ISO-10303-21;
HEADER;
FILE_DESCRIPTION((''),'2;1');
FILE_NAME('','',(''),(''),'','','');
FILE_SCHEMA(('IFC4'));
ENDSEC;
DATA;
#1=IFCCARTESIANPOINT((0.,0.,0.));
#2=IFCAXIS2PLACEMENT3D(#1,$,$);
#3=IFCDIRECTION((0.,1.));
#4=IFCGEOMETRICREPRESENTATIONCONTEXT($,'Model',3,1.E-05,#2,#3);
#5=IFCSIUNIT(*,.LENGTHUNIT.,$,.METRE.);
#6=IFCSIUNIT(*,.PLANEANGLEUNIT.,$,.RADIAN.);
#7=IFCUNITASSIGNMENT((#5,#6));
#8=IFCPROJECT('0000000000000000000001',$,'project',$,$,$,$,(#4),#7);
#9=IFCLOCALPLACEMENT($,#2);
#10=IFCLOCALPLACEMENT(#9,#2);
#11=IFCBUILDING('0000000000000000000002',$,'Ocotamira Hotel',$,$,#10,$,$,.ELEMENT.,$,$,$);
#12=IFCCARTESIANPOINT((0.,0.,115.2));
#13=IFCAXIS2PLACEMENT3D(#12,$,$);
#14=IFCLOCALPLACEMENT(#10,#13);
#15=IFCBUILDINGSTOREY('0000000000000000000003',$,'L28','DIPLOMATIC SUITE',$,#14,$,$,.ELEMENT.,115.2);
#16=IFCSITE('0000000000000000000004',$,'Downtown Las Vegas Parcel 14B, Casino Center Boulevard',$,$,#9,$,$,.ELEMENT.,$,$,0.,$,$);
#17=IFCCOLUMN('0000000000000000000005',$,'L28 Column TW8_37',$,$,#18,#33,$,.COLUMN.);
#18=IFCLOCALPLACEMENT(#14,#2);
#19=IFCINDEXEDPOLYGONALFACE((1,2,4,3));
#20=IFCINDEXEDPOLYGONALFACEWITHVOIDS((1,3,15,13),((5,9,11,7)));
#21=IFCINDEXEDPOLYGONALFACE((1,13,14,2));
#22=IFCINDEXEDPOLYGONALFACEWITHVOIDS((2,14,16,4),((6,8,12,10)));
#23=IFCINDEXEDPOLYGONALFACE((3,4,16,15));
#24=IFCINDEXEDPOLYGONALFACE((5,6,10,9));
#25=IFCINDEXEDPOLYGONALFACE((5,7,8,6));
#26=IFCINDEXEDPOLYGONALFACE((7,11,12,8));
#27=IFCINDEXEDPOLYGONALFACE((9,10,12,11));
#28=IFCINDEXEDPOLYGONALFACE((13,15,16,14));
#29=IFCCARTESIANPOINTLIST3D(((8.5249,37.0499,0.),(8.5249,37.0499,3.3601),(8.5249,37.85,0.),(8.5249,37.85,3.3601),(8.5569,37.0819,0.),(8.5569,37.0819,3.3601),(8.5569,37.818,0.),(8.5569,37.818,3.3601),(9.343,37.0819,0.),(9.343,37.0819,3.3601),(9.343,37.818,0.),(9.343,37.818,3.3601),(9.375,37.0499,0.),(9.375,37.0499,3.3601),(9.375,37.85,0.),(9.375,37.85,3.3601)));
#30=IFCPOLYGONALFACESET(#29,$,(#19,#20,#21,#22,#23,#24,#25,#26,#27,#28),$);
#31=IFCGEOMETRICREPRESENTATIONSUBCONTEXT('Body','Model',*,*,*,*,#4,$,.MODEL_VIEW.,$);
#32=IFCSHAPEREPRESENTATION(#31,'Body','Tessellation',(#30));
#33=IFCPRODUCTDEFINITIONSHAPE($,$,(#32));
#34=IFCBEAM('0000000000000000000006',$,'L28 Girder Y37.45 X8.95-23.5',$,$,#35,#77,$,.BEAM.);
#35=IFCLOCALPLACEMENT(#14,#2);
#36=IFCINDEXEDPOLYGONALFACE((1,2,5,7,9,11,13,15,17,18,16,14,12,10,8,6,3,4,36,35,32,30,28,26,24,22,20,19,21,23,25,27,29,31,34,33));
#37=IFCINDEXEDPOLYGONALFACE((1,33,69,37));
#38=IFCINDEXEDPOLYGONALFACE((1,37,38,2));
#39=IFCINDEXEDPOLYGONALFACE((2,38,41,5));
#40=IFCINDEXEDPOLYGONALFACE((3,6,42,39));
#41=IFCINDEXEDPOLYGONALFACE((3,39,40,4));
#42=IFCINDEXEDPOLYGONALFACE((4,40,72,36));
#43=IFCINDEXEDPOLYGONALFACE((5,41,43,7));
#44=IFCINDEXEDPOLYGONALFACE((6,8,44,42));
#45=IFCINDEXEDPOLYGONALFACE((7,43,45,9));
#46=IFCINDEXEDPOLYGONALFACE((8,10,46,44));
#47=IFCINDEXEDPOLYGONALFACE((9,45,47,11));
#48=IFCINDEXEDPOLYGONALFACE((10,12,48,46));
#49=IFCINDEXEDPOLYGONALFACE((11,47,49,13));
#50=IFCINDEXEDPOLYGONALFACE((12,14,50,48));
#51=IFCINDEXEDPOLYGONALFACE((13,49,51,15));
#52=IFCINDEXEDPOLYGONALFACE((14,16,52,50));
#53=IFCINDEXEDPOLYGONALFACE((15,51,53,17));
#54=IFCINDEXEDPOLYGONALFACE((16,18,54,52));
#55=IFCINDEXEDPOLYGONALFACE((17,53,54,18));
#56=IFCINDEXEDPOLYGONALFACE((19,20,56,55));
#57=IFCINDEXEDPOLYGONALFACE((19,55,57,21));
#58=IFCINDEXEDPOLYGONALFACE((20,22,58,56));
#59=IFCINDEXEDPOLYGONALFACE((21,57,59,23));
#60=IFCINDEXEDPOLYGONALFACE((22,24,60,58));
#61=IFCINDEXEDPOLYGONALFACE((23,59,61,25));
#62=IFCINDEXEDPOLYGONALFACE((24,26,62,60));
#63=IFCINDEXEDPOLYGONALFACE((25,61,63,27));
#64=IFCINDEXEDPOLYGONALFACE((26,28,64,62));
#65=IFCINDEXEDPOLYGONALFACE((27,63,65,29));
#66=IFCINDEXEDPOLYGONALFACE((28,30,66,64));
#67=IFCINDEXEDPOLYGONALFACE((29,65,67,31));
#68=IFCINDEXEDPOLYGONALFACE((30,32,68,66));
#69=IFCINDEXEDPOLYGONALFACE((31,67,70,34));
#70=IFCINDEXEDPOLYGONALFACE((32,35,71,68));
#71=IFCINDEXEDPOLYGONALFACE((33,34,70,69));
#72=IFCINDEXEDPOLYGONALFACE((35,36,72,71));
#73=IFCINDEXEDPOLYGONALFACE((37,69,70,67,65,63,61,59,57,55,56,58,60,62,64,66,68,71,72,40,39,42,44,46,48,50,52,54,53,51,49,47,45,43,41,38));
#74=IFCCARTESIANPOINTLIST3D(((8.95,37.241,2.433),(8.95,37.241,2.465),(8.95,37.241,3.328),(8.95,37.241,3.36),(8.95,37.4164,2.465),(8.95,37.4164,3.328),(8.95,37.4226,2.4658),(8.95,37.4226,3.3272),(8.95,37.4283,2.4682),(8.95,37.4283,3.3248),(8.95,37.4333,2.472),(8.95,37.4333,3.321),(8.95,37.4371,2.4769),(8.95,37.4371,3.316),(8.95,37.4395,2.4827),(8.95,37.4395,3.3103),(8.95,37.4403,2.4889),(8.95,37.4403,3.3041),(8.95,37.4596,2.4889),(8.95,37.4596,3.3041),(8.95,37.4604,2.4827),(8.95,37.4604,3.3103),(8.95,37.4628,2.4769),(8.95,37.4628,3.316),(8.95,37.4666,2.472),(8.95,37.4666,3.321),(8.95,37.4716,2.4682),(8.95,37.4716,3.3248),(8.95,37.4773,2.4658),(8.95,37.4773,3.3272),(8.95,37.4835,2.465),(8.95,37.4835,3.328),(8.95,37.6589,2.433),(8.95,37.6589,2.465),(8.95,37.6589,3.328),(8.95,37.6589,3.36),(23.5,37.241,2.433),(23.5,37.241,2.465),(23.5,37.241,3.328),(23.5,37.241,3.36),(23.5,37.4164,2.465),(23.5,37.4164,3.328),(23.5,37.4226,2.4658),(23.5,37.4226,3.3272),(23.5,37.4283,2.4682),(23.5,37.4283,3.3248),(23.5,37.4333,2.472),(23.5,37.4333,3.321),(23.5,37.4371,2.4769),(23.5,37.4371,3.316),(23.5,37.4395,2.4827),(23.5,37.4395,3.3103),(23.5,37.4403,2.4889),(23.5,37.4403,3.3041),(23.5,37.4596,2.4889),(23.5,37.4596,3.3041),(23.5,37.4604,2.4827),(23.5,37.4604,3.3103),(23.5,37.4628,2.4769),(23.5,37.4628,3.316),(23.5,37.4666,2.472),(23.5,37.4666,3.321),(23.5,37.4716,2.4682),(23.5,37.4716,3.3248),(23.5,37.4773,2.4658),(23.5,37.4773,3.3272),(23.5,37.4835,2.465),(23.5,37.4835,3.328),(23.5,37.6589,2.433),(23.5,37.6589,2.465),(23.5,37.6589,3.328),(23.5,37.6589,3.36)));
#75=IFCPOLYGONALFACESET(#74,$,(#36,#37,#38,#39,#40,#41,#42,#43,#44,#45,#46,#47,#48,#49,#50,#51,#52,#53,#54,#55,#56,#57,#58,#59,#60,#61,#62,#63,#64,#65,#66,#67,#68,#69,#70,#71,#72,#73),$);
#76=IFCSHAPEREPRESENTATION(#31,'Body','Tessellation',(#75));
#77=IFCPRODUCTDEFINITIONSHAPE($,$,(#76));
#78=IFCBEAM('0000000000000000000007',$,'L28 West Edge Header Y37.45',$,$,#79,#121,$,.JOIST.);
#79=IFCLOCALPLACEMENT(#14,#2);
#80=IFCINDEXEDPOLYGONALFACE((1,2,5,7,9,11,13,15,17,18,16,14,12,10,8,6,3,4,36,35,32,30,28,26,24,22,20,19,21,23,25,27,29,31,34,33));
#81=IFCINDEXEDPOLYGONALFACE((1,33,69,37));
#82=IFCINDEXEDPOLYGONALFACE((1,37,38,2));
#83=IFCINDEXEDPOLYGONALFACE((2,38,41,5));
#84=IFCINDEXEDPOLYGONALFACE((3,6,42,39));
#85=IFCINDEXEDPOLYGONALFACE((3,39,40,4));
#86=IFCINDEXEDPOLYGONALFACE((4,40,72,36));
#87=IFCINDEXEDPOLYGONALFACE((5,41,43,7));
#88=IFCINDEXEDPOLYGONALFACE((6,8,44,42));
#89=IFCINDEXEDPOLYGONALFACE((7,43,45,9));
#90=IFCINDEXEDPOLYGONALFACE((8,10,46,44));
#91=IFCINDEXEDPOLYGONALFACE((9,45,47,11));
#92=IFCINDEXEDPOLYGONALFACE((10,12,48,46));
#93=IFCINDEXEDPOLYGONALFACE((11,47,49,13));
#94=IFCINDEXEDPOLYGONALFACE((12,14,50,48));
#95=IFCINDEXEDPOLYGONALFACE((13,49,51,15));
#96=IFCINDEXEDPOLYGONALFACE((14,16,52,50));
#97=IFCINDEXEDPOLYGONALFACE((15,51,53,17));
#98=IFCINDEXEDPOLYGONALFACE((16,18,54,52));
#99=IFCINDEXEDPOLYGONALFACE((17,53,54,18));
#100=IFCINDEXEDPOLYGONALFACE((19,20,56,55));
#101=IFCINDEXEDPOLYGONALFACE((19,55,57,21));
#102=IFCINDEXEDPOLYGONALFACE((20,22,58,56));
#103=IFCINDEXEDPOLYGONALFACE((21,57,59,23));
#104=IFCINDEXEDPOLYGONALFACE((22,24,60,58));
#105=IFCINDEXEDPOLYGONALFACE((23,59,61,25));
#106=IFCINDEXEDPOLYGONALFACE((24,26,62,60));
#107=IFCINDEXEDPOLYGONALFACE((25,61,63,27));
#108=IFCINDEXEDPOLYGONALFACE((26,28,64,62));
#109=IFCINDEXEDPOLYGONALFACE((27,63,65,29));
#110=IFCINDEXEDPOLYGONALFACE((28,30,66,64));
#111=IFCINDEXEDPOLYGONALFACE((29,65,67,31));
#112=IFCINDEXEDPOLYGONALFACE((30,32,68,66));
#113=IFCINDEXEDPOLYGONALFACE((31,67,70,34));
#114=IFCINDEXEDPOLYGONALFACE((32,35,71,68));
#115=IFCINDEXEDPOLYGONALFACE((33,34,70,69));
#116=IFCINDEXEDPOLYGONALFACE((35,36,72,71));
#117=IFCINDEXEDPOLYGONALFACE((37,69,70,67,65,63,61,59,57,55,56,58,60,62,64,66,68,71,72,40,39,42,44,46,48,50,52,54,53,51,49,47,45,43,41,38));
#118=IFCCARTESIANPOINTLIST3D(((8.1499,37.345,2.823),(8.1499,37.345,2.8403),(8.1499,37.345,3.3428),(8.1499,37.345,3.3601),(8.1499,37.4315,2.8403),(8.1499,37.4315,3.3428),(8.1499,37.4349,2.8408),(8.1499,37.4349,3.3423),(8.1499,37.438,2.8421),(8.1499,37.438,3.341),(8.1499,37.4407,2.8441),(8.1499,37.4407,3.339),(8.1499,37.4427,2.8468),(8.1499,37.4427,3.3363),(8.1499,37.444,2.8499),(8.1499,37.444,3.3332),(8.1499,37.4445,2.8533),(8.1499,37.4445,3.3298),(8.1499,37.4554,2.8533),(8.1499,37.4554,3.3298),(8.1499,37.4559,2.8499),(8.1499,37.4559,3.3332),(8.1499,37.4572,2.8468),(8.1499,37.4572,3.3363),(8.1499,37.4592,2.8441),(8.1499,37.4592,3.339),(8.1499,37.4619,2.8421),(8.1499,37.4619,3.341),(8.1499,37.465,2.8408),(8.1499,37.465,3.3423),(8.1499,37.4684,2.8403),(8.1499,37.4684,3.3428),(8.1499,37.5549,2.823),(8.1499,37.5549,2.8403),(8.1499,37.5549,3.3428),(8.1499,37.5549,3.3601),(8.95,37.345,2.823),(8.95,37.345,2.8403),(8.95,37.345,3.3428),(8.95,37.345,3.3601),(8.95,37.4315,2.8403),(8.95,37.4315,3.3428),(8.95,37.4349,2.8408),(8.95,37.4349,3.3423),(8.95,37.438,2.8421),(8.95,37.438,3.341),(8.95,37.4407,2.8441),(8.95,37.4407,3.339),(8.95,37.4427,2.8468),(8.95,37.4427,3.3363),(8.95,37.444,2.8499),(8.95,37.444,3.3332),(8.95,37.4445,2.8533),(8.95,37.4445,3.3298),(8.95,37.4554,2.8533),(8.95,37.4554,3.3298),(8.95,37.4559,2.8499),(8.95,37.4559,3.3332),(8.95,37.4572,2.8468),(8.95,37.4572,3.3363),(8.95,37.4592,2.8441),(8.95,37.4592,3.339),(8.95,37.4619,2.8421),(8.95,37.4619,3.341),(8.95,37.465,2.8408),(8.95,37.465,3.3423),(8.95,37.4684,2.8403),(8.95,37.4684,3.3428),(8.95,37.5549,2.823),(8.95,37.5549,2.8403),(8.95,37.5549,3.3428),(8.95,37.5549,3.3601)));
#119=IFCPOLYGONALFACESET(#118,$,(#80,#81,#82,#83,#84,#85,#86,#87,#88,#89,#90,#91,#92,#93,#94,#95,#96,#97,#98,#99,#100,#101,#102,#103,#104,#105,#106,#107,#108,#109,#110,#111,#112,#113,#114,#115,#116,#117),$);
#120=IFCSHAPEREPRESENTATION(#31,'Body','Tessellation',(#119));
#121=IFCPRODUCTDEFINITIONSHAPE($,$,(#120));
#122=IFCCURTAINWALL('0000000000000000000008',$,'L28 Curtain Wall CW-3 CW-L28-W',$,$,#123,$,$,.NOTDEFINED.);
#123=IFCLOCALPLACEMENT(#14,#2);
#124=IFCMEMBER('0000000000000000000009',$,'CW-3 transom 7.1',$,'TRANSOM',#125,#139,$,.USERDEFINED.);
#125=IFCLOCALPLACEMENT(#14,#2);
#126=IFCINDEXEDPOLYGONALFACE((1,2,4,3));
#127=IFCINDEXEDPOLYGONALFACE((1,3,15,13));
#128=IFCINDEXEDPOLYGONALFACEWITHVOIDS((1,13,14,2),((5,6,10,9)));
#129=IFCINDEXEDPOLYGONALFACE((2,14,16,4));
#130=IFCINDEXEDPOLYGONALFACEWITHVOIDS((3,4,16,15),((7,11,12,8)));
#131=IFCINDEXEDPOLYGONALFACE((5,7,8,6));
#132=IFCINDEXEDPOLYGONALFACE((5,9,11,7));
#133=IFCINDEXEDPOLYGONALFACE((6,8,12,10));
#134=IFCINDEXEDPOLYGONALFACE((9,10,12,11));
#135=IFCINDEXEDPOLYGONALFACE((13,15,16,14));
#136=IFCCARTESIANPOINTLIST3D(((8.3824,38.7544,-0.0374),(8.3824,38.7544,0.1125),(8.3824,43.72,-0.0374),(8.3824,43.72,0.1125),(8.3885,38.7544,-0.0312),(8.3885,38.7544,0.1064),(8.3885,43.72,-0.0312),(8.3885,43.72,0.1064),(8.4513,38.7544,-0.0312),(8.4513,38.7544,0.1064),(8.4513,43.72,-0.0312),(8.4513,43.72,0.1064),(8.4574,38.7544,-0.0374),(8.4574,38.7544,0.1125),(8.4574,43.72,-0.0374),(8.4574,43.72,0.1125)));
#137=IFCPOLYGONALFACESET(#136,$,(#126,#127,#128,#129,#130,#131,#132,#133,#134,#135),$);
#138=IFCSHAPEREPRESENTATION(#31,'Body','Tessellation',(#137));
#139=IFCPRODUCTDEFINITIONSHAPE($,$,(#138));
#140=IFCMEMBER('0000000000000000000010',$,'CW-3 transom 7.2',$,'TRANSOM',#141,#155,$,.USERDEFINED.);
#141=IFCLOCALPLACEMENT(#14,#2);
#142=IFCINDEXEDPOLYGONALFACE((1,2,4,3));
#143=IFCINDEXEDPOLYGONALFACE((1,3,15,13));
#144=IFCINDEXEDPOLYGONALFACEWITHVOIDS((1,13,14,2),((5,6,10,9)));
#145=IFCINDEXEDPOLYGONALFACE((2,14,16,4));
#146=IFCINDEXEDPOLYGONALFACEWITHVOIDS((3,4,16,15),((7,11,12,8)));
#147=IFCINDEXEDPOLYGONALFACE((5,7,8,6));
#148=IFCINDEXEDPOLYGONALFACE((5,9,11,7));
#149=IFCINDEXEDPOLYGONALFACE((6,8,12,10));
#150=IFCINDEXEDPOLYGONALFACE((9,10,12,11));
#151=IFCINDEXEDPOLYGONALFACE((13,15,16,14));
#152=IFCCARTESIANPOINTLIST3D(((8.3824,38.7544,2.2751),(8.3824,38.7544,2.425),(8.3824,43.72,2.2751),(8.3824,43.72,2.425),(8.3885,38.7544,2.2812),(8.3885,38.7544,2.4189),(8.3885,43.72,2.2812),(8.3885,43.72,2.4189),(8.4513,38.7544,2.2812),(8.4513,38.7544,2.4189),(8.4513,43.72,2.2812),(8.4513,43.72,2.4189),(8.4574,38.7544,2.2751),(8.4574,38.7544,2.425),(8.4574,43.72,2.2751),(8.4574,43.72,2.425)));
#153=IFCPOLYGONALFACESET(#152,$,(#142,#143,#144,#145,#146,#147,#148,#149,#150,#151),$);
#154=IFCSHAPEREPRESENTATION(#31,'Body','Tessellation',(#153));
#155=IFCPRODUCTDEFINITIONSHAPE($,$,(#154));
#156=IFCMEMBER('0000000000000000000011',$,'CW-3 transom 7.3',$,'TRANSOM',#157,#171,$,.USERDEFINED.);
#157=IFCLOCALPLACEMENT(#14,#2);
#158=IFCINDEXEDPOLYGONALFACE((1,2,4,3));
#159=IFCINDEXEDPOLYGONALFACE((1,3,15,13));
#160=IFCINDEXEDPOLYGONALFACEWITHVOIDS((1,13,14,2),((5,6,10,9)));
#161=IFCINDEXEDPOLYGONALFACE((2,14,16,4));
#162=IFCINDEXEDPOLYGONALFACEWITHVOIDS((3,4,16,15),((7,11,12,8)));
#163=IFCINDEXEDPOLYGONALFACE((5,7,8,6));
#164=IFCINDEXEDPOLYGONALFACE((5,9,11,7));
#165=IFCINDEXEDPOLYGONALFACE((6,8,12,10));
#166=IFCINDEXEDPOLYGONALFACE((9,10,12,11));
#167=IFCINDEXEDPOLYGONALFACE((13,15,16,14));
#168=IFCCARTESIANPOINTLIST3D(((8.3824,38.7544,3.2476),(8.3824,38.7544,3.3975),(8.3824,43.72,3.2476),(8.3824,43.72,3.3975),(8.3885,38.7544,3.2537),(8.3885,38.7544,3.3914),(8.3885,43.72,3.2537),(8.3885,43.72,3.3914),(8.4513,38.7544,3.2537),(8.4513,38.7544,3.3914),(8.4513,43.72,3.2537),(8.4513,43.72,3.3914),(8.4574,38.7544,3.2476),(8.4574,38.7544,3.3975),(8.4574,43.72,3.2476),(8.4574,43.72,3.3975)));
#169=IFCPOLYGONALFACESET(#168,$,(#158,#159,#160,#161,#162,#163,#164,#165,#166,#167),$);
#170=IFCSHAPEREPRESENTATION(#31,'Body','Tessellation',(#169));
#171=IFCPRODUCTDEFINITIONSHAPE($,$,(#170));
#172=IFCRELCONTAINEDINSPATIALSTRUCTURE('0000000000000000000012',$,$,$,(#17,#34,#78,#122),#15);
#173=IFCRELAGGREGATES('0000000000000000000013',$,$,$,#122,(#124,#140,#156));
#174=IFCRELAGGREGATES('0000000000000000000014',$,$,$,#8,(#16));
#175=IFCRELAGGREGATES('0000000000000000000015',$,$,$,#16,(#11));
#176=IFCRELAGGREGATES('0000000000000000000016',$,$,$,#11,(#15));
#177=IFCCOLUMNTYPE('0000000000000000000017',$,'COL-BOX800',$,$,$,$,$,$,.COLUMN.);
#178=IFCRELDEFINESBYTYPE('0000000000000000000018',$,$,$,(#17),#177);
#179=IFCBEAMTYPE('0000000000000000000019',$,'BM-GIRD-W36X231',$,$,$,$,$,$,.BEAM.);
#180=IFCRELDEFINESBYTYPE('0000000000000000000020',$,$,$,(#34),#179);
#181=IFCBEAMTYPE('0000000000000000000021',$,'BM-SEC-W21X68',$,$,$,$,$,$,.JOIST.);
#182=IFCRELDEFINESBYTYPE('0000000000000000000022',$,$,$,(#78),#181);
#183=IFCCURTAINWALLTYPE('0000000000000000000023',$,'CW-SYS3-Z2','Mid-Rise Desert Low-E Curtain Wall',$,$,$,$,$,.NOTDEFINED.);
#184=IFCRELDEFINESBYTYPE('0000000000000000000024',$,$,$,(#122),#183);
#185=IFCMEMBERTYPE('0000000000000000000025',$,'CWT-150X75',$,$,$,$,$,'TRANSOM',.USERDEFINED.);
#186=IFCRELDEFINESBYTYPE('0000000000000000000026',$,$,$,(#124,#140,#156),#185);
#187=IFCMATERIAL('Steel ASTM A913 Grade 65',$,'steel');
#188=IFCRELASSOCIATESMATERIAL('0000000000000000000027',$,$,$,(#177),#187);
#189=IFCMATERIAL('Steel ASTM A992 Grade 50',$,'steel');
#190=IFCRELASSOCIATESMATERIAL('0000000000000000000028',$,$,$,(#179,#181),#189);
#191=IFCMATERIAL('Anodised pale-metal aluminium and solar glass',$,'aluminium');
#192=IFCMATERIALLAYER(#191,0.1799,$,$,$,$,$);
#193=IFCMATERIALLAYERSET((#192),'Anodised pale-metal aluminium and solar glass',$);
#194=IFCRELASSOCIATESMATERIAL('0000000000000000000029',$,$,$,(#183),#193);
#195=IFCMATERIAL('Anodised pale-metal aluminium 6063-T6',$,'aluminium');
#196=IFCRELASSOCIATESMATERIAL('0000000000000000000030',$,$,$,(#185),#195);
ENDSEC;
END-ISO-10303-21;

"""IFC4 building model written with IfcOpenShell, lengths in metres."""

from ifc_helpers import new_model, si_unit, direction, frame, origin, origin_2d, place, context, subcontext, project, spatial, hollow_rectangle, i_section, extrude, source, transform, mapped, material, layer, layer_set, material_profile, profile_set, type_object, element, aggregate, save


model = new_model("IFC4")

# Units and contexts
model_context = context("Model", 3, precision=1e-05, world=origin(), true_north=direction((0.0, 1.0)))
body_context = subcontext(model_context, "Body", "Model", "MODEL_VIEW")
ifc_project = project(units=[si_unit("LENGTHUNIT", "METRE"), si_unit("PLANEANGLEUNIT", "RADIAN")], contexts=[model_context])

# Site, building, storey
site_placement = place(None, origin())
site = spatial("IfcSite", under=ifc_project, at=site_placement, Name="Downtown Las Vegas Parcel 14B, Casino Center Boulevard", CompositionType="ELEMENT", RefElevation=0.0)
building_placement = place(site_placement, origin())
building = spatial("IfcBuilding", under=site, at=building_placement, Name="Ocotamira Hotel", CompositionType="ELEMENT")
storey_placement = place(building_placement, frame((0.0, 0.0, 115.2)))
storey = spatial("IfcBuildingStorey", under=building, at=storey_placement, Name="L28", Description="DIPLOMATIC SUITE", CompositionType="ELEMENT", Elevation=115.2)

# Column
ifc_material_1 = material(Name="Steel ASTM A913 Grade 65", Category="steel")
ifc_material_profile_1 = material_profile(ifc_material_1, hollow_rectangle(XDim=0.8501, YDim=0.8, WallThickness=0.032, at=origin_2d()), Name="BOX800X850X32")
ifc_profile_set_1 = profile_set([ifc_material_profile_1], Name="Steel ASTM A913 Grade 65")
column_type = type_object("IfcColumnType", Name="COL-BOX800", PredefinedType="COLUMN", material=ifc_profile_set_1)
shared_shape_1 = source(origin(), body_context, "Body", "SweptSolid", [
    extrude(hollow_rectangle(XDim=0.8501, YDim=0.8, WallThickness=0.032, at=origin_2d()), origin(), (0.0, 0.0, 1.0), 3.3601),
])
column_placement = place(storey_placement, frame((8.95, 37.45, 0.0), z_axis=(0.0, 0.0, 1.0), x_axis=(1.0, 0.0, 0.0)))
element("IfcColumn", 1, at=column_placement, inside=storey, type_object=column_type, Name="L28 Column TW8_37", PredefinedType="COLUMN", context=body_context, shape_type="MappedRepresentation", body=[
    mapped(shared_shape_1, transform((0.0, 0.0, 0.0), scale=1.0)),
])

# Beams
ifc_material_2 = material(Name="Steel ASTM A992 Grade 50", Category="steel")
ifc_material_profile_2 = material_profile(ifc_material_2, i_section(OverallWidth=0.418, OverallDepth=0.927, WebThickness=0.0193, FlangeThickness=0.032, FilletRadius=0.0239, at=origin_2d()), Name="W36X231")
ifc_profile_set_2 = profile_set([ifc_material_profile_2], Name="Steel ASTM A992 Grade 50")
beam_type_1 = type_object("IfcBeamType", Name="BM-GIRD-W36X231", PredefinedType="BEAM", material=ifc_profile_set_2)
shared_shape_2 = source(origin(), body_context, "Body", "SweptSolid", [
    extrude(i_section(OverallWidth=0.418, OverallDepth=0.927, WebThickness=0.0193, FlangeThickness=0.032, FilletRadius=0.0239, at=origin_2d()), origin(), (0.0, 0.0, 1.0), 14.55),
])
beam_1_placement = place(storey_placement, frame((8.95, 37.45, 2.8965), z_axis=(1.0, 0.0, 0.0), x_axis=(0.0, 1.0, 0.0)))
element("IfcBeam", 2, at=beam_1_placement, inside=storey, type_object=beam_type_1, Name="L28 Girder Y37.45 X8.95-23.5", PredefinedType="BEAM", context=body_context, shape_type="MappedRepresentation", body=[
    mapped(shared_shape_2, transform((0.0, 0.0, 0.0), scale=1.0)),
])
ifc_material_profile_3 = material_profile(ifc_material_2, i_section(OverallWidth=0.21, OverallDepth=0.5371, WebThickness=0.011, FlangeThickness=0.0173, FilletRadius=0.0129, at=origin_2d()), Name="W21X68")
ifc_profile_set_3 = profile_set([ifc_material_profile_3], Name="Steel ASTM A992 Grade 50")
beam_type_2 = type_object("IfcBeamType", Name="BM-SEC-W21X68", PredefinedType="JOIST", material=ifc_profile_set_3)
shared_shape_3 = source(origin(), body_context, "Body", "SweptSolid", [
    extrude(i_section(OverallWidth=0.21, OverallDepth=0.5371, WebThickness=0.011, FlangeThickness=0.0173, FilletRadius=0.0129, at=origin_2d()), origin(), (0.0, 0.0, 1.0), 0.8),
])
beam_2_placement = place(storey_placement, frame((8.95, 37.45, 3.0916), z_axis=(-1.0, 0.0, 0.0), x_axis=(0.0, -1.0, 0.0)))
element("IfcBeam", 3, at=beam_2_placement, inside=storey, type_object=beam_type_2, Name="L28 West Edge Header Y37.45", PredefinedType="JOIST", context=body_context, shape_type="MappedRepresentation", body=[
    mapped(shared_shape_3, transform((0.0, 0.0, 0.0), scale=1.0)),
])

# Curtain wall, members
ifc_material_3 = material(Name="Anodised pale-metal aluminium and solar glass", Category="aluminium")
ifc_layer_1 = layer(ifc_material_3, 0.1799)
ifc_layer_set_1 = layer_set([ifc_layer_1], Name="Anodised pale-metal aluminium and solar glass")
curtain_wall_type = type_object("IfcCurtainWallType", Name="CW-SYS3-Z2", Description="Mid-Rise Desert Low-E Curtain Wall", PredefinedType="NOTDEFINED", material=ifc_layer_set_1)
curtain_wall_placement = place(storey_placement, origin())
curtain_wall = element("IfcCurtainWall", 4, at=curtain_wall_placement, inside=storey, type_object=curtain_wall_type, Name="L28 Curtain Wall CW-3 CW-L28-W", PredefinedType="NOTDEFINED")
ifc_material_4 = material(Name="Anodised pale-metal aluminium 6063-T6", Category="aluminium")
ifc_material_profile_4 = material_profile(ifc_material_4, hollow_rectangle(XDim=0.075, YDim=0.1499, WallThickness=0.0061, at=origin_2d()), Name="HSS150X75X6")
ifc_profile_set_4 = profile_set([ifc_material_profile_4], Name="Anodised pale-metal aluminium 6063-T6")
member_type_1 = type_object("IfcMemberType", Name="CWT-150X75", ElementType="TRANSOM", PredefinedType="USERDEFINED", material=ifc_profile_set_4)
shared_shape_4 = source(origin(), body_context, "Body", "SweptSolid", [
    extrude(hollow_rectangle(XDim=0.075, YDim=0.1499, WallThickness=0.0061, at=origin_2d()), origin(), (0.0, 0.0, 1.0), 4.9656),
])
member_1_placement = place(storey_placement, frame((8.4199, 38.7544, 0.0376), z_axis=(0.0, 1.0, 0.0), x_axis=(-1.0, 0.0, 0.0)))
member_1 = element("IfcMember", 5, at=member_1_placement, type_object=member_type_1, Name="CW-3 transom 7.1", ObjectType="TRANSOM", PredefinedType="USERDEFINED", context=body_context, shape_type="MappedRepresentation", body=[
    mapped(shared_shape_4, transform((0.0, 0.0, 0.0), scale=1.0)),
])
member_2_placement = place(storey_placement, frame((8.4199, 38.7544, 2.3501), z_axis=(0.0, 1.0, 0.0), x_axis=(-1.0, 0.0, 0.0)))
member_2 = element("IfcMember", 6, at=member_2_placement, type_object=member_type_1, Name="CW-3 transom 7.2", ObjectType="TRANSOM", PredefinedType="USERDEFINED", context=body_context, shape_type="MappedRepresentation", body=[
    mapped(shared_shape_4, transform((0.0, 0.0, 0.0), scale=1.0)),
])
member_3_placement = place(storey_placement, frame((8.4199, 38.7544, 3.3225), z_axis=(0.0, 1.0, 0.0), x_axis=(-1.0, 0.0, 0.0)))
member_3 = element("IfcMember", 7, at=member_3_placement, type_object=member_type_1, Name="CW-3 transom 7.3", ObjectType="TRANSOM", PredefinedType="USERDEFINED", context=body_context, shape_type="MappedRepresentation", body=[
    mapped(shared_shape_4, transform((0.0, 0.0, 0.0), scale=1.0)),
])
aggregate(curtain_wall, [member_1, member_2, member_3])

save(model, "model.ifc")
